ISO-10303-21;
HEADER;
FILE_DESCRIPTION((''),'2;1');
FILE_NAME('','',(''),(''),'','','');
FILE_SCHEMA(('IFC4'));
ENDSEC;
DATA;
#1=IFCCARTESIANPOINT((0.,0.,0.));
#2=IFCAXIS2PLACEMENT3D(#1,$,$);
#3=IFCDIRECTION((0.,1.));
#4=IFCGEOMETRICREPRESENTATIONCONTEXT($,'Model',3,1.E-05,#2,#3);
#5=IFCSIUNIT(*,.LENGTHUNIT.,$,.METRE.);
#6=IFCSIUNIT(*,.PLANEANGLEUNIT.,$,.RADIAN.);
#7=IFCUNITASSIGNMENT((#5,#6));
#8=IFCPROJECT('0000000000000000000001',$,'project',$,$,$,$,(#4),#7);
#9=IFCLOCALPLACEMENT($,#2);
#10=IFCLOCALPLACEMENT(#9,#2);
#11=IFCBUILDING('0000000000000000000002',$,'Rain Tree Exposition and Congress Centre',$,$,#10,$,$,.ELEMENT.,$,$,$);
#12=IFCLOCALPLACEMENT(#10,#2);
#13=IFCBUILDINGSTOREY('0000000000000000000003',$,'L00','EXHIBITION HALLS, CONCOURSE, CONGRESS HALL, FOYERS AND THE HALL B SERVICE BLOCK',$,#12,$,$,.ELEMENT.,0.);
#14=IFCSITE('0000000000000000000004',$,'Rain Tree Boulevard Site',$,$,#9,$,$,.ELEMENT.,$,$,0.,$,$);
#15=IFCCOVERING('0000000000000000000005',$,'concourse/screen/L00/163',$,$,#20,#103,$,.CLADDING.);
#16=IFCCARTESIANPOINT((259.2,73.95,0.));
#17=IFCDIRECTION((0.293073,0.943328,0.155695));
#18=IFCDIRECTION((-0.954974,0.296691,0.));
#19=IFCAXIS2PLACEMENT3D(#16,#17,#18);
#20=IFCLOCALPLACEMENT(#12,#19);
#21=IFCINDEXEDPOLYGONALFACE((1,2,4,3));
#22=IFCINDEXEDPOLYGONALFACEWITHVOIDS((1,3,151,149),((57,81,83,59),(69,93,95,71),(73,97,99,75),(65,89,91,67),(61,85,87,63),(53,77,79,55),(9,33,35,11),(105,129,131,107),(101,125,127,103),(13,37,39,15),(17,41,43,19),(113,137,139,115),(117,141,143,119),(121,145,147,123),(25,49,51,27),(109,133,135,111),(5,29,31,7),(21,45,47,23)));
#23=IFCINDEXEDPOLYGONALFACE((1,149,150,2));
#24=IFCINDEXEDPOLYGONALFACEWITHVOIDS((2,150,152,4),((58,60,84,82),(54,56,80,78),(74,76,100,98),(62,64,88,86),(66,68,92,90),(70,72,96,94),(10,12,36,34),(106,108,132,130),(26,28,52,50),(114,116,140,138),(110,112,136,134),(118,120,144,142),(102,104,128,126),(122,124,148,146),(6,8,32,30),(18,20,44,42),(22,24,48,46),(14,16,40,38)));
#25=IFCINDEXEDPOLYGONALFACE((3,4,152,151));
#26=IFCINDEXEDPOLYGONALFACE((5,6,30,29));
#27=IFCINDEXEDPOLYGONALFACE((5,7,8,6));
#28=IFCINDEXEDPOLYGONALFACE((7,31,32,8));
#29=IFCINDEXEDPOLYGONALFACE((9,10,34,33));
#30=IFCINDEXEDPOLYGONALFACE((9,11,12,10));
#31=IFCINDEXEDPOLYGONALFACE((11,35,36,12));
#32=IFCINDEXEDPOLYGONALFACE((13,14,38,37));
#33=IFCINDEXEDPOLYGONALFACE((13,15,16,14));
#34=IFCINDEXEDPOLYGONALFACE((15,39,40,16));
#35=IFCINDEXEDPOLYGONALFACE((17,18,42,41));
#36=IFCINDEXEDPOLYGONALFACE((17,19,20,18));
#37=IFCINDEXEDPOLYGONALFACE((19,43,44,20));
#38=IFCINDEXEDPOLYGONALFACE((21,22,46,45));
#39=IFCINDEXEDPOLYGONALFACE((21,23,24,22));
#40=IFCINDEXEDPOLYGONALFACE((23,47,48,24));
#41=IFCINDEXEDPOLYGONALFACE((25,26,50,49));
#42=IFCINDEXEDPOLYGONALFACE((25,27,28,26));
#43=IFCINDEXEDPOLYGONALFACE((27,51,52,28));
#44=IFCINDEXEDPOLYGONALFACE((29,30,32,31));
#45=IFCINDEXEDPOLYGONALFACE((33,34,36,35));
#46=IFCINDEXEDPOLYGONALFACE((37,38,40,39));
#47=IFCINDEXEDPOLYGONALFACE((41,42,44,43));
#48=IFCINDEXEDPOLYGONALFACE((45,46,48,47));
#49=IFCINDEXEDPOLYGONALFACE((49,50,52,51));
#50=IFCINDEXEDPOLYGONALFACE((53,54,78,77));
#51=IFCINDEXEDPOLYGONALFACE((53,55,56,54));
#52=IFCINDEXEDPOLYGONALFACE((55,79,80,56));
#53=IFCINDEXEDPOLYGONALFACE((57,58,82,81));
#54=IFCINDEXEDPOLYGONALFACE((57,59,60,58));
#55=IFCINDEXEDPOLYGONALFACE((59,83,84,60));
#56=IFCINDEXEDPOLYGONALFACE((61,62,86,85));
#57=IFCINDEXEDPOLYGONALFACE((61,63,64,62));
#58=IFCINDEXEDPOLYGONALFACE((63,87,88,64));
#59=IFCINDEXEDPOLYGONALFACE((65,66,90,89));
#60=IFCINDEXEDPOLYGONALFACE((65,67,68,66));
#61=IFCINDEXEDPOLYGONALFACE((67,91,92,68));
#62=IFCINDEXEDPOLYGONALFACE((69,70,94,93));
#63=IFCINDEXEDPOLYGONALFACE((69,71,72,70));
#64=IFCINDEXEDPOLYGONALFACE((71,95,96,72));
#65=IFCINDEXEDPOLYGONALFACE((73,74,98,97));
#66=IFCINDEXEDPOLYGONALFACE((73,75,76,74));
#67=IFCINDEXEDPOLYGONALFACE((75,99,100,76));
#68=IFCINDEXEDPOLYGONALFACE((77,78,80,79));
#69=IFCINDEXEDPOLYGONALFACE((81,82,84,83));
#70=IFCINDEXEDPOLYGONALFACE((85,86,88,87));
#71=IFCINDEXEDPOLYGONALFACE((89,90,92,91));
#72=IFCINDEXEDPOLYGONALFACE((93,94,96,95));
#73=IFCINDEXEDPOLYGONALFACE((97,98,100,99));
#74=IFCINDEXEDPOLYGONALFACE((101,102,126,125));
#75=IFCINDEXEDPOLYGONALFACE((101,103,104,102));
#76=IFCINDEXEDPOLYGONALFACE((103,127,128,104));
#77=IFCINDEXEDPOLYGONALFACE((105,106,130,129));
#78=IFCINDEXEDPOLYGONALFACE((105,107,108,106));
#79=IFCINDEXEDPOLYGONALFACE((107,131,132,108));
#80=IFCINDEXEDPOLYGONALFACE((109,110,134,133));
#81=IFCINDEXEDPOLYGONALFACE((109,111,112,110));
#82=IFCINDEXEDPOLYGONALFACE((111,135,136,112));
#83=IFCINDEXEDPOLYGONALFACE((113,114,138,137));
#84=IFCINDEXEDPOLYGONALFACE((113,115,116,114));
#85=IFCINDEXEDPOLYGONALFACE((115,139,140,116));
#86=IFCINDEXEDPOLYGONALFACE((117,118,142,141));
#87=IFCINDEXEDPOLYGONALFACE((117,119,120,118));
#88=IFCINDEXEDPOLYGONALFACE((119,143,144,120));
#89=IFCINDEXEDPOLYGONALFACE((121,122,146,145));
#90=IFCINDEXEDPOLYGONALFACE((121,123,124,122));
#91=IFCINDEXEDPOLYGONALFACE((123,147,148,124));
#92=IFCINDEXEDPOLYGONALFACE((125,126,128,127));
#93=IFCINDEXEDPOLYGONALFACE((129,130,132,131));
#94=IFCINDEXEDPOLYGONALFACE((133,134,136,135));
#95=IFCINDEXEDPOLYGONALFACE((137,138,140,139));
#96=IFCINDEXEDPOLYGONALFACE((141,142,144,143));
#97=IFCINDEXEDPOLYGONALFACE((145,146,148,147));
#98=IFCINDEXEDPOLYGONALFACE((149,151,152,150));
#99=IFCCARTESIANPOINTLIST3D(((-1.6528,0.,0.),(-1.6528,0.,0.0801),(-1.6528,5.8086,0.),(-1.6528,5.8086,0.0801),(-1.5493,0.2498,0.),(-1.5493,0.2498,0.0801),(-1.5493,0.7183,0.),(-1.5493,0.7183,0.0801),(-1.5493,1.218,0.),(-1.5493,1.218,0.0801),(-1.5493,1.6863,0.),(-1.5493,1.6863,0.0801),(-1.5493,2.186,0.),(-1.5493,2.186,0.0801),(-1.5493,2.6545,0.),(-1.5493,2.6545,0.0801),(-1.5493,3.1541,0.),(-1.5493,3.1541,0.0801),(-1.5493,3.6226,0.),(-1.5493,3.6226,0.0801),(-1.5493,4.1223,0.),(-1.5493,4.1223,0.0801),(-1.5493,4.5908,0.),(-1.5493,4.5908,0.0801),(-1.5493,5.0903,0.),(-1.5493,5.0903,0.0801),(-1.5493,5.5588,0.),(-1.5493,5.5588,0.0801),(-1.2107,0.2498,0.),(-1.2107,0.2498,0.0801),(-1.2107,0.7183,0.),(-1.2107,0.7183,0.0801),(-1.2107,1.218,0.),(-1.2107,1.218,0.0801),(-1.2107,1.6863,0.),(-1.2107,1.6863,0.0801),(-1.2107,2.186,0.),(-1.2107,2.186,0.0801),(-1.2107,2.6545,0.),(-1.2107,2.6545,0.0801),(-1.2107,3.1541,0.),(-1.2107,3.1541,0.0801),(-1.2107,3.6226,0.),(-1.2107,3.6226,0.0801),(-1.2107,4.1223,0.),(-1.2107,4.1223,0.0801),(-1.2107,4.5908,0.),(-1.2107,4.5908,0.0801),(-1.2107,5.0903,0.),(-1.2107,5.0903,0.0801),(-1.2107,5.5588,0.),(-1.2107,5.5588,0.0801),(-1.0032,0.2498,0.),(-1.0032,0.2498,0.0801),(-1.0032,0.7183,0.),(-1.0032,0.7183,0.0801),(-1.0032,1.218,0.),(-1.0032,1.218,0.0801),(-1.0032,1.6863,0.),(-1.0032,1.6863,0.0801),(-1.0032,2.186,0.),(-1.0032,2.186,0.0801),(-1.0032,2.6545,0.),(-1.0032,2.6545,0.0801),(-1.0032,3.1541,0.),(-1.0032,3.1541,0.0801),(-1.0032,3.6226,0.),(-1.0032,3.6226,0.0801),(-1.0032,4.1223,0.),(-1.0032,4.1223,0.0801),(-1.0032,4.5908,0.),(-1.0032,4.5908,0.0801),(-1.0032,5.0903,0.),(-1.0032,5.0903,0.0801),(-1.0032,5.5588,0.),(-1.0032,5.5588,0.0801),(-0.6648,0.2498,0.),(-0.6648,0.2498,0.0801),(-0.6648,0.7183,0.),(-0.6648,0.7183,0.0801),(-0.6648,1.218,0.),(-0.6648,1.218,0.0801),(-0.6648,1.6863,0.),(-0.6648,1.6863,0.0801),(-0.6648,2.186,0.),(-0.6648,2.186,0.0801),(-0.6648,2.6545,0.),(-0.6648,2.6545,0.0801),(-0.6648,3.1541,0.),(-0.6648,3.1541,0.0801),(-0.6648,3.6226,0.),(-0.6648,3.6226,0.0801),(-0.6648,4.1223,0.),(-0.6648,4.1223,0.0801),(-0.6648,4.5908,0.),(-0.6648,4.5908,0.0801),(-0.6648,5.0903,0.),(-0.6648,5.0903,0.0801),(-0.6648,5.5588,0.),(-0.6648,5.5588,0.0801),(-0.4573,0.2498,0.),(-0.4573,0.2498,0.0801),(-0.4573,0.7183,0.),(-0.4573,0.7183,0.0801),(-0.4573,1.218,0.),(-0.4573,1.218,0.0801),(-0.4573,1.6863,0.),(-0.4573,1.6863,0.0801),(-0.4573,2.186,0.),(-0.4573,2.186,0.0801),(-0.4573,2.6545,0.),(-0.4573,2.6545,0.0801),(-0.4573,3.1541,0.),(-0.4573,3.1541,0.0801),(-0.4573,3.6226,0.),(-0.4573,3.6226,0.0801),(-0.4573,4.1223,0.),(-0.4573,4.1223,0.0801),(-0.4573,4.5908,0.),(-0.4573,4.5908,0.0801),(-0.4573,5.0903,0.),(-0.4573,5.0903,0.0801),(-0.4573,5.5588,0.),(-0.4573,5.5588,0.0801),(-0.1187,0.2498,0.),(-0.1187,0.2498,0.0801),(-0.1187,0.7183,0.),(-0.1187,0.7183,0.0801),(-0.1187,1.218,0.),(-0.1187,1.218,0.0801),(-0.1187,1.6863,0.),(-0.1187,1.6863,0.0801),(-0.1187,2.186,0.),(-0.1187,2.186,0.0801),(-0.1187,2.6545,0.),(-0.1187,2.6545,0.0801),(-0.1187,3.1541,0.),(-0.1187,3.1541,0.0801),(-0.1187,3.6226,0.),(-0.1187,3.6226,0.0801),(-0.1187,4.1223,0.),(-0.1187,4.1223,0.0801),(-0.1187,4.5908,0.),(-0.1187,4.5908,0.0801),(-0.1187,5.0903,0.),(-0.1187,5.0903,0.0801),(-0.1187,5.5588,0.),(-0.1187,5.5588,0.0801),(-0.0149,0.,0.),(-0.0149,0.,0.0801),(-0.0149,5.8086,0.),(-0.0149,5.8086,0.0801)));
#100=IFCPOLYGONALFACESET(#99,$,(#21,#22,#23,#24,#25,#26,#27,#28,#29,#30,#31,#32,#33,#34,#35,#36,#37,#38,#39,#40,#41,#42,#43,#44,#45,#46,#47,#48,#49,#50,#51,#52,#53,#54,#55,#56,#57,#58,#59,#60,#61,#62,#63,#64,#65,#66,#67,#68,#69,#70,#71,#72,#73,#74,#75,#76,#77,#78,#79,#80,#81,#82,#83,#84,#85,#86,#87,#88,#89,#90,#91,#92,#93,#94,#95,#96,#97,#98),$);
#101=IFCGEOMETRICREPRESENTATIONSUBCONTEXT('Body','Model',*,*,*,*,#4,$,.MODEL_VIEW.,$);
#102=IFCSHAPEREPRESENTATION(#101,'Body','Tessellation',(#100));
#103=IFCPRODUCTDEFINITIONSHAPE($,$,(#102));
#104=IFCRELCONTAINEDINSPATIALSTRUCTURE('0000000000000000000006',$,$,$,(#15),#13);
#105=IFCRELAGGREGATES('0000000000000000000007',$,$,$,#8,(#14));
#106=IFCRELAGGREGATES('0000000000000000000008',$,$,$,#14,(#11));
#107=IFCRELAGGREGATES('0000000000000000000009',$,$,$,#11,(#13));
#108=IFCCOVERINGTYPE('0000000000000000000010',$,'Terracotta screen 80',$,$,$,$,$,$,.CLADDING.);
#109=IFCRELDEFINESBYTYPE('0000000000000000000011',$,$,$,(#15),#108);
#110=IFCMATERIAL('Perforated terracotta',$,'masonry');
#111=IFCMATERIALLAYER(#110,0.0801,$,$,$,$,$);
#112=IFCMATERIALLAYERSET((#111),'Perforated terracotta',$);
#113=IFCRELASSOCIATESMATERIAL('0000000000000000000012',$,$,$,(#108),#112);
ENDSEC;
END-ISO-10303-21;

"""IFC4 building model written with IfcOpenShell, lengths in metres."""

from ifc_helpers import new_model, si_unit, direction, frame, origin, place, context, subcontext, project, spatial, polyline, outline, extrude, material, layer, layer_set, type_object, element, save


model = new_model("IFC4")

# Units and contexts
model_context = context("Model", 3, precision=1e-05, world=origin(), true_north=direction((0.0, 1.0)))
body_context = subcontext(model_context, "Body", "Model", "MODEL_VIEW")
ifc_project = project(units=[si_unit("LENGTHUNIT", "METRE"), si_unit("PLANEANGLEUNIT", "RADIAN")], contexts=[model_context])

# Site, building, storey
site_placement = place(None, origin())
site = spatial("IfcSite", under=ifc_project, at=site_placement, Name="Rain Tree Boulevard Site", CompositionType="ELEMENT", RefElevation=0.0)
building_placement = place(site_placement, origin())
building = spatial("IfcBuilding", under=site, at=building_placement, Name="Rain Tree Exposition and Congress Centre", CompositionType="ELEMENT")
storey_placement = place(building_placement, origin())
storey = spatial("IfcBuildingStorey", under=building, at=storey_placement, Name="L00", Description="EXHIBITION HALLS, CONCOURSE, CONGRESS HALL, FOYERS AND THE HALL B SERVICE BLOCK", CompositionType="ELEMENT", Elevation=0.0)

# Covering
ifc_material_1 = material(Name="Perforated terracotta", Category="masonry")
ifc_layer_1 = layer(ifc_material_1, 0.0801)
ifc_layer_set_1 = layer_set([ifc_layer_1], Name="Perforated terracotta")
covering_type = type_object("IfcCoveringType", Name="Terracotta screen 80", PredefinedType="CLADDING", material=ifc_layer_set_1)
covering_1_placement = place(storey_placement, frame((259.2, 73.95, 0.0), z_axis=(0.293073, 0.943328, 0.155695), x_axis=(-0.954974, 0.296691, 0.0)))
element("IfcCovering", 1, at=covering_1_placement, inside=storey, type_object=covering_type, Name="concourse/screen/L00/163", PredefinedType="CLADDING", context=body_context, shape_type="SweptSolid", body=[
    extrude(outline(polyline([(-0.0149, 0.0), (-1.6528, 0.0), (-1.6528, 5.8086), (-0.0149, 5.8086), (-0.0149, 0.0)]), holes=[polyline([(-0.1187, 0.2498), (-0.1187, 0.7183), (-0.4573, 0.7183), (-0.4573, 0.2498), (-0.1187, 0.2498)]), polyline([(-0.1187, 1.218), (-0.1187, 1.6863), (-0.4573, 1.6863), (-0.4573, 1.218), (-0.1187, 1.218)]), polyline([(-0.1187, 2.186), (-0.1187, 2.6545), (-0.4573, 2.6545), (-0.4573, 2.186), (-0.1187, 2.186)]), polyline([(-0.1187, 3.1541), (-0.1187, 3.6226), (-0.4573, 3.6226), (-0.4573, 3.1541), (-0.1187, 3.1541)]), polyline([(-0.1187, 4.1223), (-0.1187, 4.5908), (-0.4573, 4.5908), (-0.4573, 4.1223), (-0.1187, 4.1223)]), polyline([(-0.1187, 5.0903), (-0.1187, 5.5588), (-0.4573, 5.5588), (-0.4573, 5.0903), (-0.1187, 5.0903)]), polyline([(-0.6648, 0.2498), (-0.6648, 0.7183), (-1.0032, 0.7183), (-1.0032, 0.2498), (-0.6648, 0.2498)]), polyline([(-0.6648, 1.218), (-0.6648, 1.6863), (-1.0032, 1.6863), (-1.0032, 1.218), (-0.6648, 1.218)]), polyline([(-0.6648, 2.186), (-0.6648, 2.6545), (-1.0032, 2.6545), (-1.0032, 2.186), (-0.6648, 2.186)]), polyline([(-0.6648, 3.1541), (-0.6648, 3.6226), (-1.0032, 3.6226), (-1.0032, 3.1541), (-0.6648, 3.1541)]), polyline([(-0.6648, 4.1223), (-0.6648, 4.5908), (-1.0032, 4.5908), (-1.0032, 4.1223), (-0.6648, 4.1223)]), polyline([(-0.6648, 5.0903), (-0.6648, 5.5588), (-1.0032, 5.5588), (-1.0032, 5.0903), (-0.6648, 5.0903)]), polyline([(-1.2107, 0.2498), (-1.2107, 0.7183), (-1.5493, 0.7183), (-1.5493, 0.2498), (-1.2107, 0.2498)]), polyline([(-1.2107, 1.218), (-1.2107, 1.6863), (-1.5493, 1.6863), (-1.5493, 1.218), (-1.2107, 1.218)]), polyline([(-1.2107, 2.186), (-1.2107, 2.6545), (-1.5493, 2.6545), (-1.5493, 2.186), (-1.2107, 2.186)]), polyline([(-1.2107, 3.1541), (-1.2107, 3.6226), (-1.5493, 3.6226), (-1.5493, 3.1541), (-1.2107, 3.1541)]), polyline([(-1.2107, 4.1223), (-1.2107, 4.5908), (-1.5493, 4.5908), (-1.5493, 4.1223), (-1.2107, 4.1223)]), polyline([(-1.2107, 5.0903), (-1.2107, 5.5588), (-1.5493, 5.5588), (-1.5493, 5.0903), (-1.2107, 5.0903)])]), origin(), (0.0, 0.0, 1.0), 0.0801),
])

save(model, "model.ifc")
